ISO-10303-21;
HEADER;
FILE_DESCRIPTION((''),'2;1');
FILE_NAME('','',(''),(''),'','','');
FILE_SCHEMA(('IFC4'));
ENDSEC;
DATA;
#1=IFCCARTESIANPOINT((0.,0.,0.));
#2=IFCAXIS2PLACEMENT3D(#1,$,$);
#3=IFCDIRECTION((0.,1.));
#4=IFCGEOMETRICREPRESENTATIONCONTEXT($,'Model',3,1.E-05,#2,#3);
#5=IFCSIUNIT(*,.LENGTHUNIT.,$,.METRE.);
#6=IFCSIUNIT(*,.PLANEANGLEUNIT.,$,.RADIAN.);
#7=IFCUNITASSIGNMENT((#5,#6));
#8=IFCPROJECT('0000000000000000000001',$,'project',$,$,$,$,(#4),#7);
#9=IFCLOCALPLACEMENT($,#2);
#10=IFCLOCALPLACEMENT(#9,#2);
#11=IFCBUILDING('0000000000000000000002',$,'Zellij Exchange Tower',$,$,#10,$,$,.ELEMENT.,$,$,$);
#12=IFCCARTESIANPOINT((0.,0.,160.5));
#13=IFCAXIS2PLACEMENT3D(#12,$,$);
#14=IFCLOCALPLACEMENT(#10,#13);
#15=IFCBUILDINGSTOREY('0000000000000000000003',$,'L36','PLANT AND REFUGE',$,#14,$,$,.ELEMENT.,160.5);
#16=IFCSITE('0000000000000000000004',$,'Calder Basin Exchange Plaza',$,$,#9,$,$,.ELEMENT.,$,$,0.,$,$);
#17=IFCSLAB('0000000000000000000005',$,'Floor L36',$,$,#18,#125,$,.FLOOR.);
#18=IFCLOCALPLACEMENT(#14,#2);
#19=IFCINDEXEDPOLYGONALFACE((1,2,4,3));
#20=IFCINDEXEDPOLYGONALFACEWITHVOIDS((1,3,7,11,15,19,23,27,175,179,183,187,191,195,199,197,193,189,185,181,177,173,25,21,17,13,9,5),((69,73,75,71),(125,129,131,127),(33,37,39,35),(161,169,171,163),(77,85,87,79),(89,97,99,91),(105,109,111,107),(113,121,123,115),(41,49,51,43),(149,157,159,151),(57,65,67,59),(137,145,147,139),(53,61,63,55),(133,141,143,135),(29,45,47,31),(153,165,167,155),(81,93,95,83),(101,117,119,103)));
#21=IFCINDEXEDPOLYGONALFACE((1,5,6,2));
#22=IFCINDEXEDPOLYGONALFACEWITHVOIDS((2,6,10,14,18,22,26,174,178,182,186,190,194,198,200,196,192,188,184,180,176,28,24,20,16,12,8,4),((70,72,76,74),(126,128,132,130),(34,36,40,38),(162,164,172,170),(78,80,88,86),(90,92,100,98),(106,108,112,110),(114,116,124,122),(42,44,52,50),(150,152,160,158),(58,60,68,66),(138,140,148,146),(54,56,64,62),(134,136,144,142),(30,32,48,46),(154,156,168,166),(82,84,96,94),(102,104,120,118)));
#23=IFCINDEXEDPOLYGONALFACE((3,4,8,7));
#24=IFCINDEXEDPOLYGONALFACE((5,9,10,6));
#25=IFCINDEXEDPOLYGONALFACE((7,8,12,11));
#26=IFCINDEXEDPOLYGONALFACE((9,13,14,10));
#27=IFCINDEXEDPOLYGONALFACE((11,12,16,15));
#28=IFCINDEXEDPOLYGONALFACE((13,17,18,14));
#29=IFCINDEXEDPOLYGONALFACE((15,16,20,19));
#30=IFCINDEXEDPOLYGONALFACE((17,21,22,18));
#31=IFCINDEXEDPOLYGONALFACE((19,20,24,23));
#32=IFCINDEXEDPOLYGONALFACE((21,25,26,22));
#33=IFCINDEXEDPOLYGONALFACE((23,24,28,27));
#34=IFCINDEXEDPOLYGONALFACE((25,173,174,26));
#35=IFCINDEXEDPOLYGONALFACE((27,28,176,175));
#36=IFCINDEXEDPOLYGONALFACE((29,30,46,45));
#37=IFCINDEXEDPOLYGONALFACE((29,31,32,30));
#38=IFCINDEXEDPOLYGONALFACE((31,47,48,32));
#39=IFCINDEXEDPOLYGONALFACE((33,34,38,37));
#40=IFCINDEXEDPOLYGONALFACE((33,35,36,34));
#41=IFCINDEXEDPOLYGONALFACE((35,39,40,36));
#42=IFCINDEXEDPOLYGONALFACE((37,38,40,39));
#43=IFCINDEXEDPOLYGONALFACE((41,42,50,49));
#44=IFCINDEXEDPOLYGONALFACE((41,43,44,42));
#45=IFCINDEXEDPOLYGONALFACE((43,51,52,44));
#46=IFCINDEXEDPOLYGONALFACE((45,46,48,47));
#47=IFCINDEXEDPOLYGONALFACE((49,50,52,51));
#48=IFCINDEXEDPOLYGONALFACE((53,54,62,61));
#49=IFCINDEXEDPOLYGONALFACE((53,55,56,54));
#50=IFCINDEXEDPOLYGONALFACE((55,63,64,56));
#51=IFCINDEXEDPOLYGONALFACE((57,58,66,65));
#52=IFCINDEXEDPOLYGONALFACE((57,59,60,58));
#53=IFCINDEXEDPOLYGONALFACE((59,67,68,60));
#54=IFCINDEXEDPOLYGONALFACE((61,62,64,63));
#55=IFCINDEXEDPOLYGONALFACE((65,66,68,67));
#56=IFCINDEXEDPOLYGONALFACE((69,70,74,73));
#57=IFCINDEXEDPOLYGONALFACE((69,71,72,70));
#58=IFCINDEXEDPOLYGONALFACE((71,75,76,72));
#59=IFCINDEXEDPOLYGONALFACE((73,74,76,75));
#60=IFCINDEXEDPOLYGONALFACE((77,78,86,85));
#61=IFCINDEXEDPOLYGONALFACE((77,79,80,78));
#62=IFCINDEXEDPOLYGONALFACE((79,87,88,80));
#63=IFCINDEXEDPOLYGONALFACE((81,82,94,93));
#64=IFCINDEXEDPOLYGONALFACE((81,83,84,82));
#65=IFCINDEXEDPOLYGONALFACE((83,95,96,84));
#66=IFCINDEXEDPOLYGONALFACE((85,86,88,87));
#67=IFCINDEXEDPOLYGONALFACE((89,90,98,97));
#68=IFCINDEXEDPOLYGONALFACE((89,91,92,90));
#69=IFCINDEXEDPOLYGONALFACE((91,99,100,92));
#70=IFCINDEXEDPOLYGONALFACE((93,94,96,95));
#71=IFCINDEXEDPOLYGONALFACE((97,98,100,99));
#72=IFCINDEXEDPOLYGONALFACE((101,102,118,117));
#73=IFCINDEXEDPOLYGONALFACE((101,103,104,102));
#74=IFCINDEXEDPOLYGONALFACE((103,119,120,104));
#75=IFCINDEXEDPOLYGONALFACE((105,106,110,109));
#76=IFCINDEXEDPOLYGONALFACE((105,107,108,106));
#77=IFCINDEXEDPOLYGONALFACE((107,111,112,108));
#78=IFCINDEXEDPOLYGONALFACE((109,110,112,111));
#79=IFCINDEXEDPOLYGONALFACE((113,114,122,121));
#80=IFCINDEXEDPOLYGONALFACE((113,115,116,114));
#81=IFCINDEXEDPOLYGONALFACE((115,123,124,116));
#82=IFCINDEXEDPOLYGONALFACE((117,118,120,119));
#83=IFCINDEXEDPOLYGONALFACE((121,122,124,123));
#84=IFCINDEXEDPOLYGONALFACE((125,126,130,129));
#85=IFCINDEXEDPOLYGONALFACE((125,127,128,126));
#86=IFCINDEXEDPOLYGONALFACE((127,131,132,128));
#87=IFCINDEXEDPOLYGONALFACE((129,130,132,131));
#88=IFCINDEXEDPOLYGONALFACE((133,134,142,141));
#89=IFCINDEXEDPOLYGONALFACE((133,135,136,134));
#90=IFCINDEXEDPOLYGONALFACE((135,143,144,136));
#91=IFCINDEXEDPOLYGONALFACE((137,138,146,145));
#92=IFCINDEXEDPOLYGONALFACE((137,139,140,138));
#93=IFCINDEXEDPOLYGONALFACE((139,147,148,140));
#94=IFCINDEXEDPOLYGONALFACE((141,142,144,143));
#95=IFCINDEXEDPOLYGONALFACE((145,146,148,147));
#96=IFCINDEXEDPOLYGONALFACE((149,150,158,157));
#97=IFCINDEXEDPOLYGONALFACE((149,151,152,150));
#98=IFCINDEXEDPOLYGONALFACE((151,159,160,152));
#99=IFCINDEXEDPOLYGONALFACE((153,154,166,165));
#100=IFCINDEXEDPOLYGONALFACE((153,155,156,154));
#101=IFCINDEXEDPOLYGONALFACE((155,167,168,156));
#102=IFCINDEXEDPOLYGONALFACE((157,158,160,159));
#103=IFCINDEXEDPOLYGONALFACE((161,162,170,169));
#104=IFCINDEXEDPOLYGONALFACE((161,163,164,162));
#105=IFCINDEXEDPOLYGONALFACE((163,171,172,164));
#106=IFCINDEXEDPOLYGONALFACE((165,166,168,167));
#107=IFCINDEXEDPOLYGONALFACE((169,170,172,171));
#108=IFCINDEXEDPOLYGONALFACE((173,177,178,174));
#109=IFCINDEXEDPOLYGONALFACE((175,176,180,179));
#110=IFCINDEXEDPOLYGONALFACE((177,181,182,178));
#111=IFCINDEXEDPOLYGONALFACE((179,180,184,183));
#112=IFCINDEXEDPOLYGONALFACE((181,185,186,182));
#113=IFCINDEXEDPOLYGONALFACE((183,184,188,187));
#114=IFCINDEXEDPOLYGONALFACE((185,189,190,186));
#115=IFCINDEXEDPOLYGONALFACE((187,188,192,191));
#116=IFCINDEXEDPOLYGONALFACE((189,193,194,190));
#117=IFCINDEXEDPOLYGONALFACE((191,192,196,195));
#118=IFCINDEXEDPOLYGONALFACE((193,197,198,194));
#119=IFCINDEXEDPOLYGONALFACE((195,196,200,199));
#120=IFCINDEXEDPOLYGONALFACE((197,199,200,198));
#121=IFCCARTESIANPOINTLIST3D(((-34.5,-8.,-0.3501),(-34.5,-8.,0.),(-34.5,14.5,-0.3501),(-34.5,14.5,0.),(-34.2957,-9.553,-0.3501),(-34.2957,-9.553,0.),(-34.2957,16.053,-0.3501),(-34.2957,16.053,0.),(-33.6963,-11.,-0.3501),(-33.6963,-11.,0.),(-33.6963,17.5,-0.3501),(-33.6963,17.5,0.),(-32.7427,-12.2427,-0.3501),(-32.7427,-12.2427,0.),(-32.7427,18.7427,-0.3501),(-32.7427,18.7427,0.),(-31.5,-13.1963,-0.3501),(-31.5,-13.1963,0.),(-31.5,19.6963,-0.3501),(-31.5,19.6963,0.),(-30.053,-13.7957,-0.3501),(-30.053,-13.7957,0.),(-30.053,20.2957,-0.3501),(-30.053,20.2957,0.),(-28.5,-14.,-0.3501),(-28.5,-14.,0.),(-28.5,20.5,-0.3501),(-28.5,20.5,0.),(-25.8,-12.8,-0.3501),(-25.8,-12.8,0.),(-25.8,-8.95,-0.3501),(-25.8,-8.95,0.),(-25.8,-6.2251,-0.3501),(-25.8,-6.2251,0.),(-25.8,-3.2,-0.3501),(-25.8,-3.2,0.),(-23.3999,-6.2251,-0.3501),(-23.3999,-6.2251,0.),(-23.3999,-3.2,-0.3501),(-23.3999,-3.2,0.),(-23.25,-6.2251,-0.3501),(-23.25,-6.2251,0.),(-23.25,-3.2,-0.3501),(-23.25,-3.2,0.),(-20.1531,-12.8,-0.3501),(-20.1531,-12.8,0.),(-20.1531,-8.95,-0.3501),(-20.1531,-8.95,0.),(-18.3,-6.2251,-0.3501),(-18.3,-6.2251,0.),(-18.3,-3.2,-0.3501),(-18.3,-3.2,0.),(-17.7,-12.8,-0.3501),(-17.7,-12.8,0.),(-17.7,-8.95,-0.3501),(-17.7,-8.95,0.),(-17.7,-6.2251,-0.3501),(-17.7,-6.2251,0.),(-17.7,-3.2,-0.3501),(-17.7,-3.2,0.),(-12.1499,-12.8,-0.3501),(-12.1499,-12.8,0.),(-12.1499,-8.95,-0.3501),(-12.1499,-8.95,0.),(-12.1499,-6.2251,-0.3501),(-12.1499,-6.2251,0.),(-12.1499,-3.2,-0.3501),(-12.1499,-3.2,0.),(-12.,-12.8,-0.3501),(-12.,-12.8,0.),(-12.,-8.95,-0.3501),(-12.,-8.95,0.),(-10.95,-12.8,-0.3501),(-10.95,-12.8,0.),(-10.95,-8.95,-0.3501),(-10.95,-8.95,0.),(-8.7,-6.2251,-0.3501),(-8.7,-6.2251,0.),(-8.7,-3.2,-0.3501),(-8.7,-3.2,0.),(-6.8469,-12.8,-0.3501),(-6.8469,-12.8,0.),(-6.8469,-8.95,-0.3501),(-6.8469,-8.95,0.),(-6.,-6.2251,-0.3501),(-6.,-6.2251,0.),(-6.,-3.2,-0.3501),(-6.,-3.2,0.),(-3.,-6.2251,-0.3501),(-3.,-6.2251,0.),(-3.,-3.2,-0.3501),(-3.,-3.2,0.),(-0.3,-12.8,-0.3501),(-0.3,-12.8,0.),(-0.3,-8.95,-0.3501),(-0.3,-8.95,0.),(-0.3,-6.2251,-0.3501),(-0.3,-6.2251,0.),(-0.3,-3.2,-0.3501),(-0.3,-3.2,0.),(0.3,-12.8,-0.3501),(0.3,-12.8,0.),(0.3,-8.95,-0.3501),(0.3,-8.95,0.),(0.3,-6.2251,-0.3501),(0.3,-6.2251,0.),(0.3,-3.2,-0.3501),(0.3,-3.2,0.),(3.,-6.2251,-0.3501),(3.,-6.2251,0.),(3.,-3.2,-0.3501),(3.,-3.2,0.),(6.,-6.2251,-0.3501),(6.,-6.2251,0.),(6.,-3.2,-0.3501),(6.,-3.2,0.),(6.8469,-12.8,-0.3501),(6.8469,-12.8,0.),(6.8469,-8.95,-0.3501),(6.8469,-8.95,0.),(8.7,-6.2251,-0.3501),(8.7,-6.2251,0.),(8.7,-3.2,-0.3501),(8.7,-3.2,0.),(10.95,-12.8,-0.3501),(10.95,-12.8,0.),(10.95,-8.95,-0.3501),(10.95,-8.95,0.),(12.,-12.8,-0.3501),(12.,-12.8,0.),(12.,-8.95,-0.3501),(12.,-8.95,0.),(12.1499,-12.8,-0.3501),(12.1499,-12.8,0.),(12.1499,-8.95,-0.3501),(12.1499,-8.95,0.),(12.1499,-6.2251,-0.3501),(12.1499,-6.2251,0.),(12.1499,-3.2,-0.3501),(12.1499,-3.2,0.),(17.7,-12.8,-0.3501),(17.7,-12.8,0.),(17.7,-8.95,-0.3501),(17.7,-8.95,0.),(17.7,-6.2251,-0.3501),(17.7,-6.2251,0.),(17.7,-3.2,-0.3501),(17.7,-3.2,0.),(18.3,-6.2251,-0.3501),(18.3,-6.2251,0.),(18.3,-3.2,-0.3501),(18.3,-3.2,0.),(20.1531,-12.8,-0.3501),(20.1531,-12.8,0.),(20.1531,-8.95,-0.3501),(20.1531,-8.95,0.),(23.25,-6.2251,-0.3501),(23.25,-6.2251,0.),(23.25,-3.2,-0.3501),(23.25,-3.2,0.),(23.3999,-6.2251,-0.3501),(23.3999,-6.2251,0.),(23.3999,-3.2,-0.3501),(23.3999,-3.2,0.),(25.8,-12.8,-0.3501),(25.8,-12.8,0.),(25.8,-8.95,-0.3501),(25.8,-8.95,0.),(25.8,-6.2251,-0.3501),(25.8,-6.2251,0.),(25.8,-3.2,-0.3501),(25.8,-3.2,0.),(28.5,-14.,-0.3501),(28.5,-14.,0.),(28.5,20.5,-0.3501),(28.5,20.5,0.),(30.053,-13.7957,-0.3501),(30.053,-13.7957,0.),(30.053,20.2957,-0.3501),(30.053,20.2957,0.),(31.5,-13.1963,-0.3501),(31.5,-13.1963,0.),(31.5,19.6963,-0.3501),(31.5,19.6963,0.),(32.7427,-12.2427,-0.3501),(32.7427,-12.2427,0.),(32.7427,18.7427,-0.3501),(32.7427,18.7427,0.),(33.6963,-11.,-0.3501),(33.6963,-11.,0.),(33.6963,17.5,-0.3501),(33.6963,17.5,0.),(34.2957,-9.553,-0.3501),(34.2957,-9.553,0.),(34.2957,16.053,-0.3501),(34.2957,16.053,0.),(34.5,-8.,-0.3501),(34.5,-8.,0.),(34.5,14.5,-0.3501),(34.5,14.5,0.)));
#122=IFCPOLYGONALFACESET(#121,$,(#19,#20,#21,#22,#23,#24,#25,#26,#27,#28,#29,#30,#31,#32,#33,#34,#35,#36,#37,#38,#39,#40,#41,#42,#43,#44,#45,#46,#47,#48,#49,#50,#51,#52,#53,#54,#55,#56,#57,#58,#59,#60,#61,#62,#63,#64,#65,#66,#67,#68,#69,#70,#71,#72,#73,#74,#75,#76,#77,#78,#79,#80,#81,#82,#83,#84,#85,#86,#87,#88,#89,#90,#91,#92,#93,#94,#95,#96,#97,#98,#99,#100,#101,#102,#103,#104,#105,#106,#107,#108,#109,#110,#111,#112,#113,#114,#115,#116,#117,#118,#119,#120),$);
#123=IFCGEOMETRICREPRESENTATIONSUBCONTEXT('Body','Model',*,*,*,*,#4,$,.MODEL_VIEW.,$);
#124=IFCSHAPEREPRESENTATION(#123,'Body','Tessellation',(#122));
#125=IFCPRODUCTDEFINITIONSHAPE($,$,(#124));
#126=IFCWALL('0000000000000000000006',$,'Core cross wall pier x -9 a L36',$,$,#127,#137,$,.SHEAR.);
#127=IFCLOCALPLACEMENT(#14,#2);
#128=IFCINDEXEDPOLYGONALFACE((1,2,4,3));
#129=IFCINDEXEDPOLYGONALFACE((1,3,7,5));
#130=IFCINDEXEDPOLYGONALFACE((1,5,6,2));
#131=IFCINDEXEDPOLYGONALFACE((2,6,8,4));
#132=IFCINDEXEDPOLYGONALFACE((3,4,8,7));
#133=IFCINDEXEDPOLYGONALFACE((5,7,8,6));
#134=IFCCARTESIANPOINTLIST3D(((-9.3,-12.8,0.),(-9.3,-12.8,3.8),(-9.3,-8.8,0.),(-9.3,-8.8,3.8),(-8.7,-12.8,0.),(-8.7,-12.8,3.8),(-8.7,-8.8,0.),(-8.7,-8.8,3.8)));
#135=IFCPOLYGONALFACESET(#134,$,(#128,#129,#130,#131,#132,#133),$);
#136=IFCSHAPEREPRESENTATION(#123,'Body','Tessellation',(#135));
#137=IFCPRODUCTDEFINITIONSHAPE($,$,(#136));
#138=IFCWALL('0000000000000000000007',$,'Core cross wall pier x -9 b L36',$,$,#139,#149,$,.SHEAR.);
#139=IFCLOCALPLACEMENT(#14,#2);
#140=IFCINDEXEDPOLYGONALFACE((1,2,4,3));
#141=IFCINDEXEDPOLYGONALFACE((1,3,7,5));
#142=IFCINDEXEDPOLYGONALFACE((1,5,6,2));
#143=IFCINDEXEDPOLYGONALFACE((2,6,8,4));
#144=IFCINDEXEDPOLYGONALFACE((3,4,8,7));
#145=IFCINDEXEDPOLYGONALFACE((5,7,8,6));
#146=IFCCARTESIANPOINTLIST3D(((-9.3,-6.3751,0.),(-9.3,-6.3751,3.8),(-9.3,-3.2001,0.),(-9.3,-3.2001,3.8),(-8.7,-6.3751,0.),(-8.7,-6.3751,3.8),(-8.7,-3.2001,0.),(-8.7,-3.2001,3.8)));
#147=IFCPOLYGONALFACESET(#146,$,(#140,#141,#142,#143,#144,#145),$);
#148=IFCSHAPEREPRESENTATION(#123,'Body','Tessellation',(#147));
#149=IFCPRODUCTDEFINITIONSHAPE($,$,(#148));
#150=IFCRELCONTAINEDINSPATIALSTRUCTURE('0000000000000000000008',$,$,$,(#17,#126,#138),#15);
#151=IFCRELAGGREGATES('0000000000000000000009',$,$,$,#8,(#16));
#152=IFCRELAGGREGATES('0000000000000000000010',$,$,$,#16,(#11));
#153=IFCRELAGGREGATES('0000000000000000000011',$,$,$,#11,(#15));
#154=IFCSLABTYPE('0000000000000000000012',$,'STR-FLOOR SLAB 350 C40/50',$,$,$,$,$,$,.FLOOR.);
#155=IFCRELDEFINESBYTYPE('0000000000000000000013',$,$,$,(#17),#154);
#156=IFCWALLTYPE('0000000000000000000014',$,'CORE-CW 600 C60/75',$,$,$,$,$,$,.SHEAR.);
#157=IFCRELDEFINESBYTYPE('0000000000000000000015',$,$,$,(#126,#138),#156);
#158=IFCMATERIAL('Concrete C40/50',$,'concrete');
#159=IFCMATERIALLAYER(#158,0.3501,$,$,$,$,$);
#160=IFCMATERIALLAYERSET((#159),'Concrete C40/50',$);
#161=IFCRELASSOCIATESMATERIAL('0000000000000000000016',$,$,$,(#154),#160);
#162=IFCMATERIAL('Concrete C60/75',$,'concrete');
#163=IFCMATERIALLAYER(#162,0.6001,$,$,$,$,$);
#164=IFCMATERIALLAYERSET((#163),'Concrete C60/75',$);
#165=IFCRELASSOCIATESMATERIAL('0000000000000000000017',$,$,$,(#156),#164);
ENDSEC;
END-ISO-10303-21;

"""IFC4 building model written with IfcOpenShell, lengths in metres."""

from ifc_helpers import new_model, si_unit, direction, frame, frame_2d, origin, place, context, subcontext, project, spatial, polyline, rectangle, outline, extrude, material, layer, layer_set, type_object, element, save


model = new_model("IFC4")

# Units and contexts
model_context = context("Model", 3, precision=1e-05, world=origin(), true_north=direction((0.0, 1.0)))
body_context = subcontext(model_context, "Body", "Model", "MODEL_VIEW")
ifc_project = project(units=[si_unit("LENGTHUNIT", "METRE"), si_unit("PLANEANGLEUNIT", "RADIAN")], contexts=[model_context])

# Site, building, storey
site_placement = place(None, origin())
site = spatial("IfcSite", under=ifc_project, at=site_placement, Name="Calder Basin Exchange Plaza", CompositionType="ELEMENT", RefElevation=0.0)
building_placement = place(site_placement, origin())
building = spatial("IfcBuilding", under=site, at=building_placement, Name="Zellij Exchange Tower", CompositionType="ELEMENT")
storey_placement = place(building_placement, frame((0.0, 0.0, 160.5)))
storey = spatial("IfcBuildingStorey", under=building, at=storey_placement, Name="L36", Description="PLANT AND REFUGE", CompositionType="ELEMENT", Elevation=160.5)

# Shared definitions
ifc_material_1 = material(Name="Concrete C60/75", Category="concrete")

# Slab
ifc_material_2 = material(Name="Concrete C40/50", Category="concrete")
ifc_layer_1 = layer(ifc_material_2, 0.3501)
ifc_layer_set_1 = layer_set([ifc_layer_1], Name="Concrete C40/50")
slab_type = type_object("IfcSlabType", Name="STR-FLOOR SLAB 350 C40/50", PredefinedType="FLOOR", material=ifc_layer_set_1)
slab_placement = place(storey_placement, frame((0.0, 0.0, -0.3501)))
element("IfcSlab", 1, at=slab_placement, inside=storey, type_object=slab_type, Name="Floor L36", PredefinedType="FLOOR", context=body_context, shape_type="SweptSolid", body=[
    extrude(outline(polyline([(-28.5, -14.0), (-30.053, -13.7957), (-31.5, -13.1963), (-32.7427, -12.2427), (-33.6963, -11.0), (-34.2957, -9.553), (-34.5, -8.0), (-34.5, 14.5), (-34.2957, 16.053), (-33.6963, 17.5), (-32.7427, 18.7427), (-31.5, 19.6963), (-30.053, 20.2957), (-28.5, 20.5), (28.5, 20.5), (30.053, 20.2957), (31.5, 19.6963), (32.7427, 18.7427), (33.6963, 17.5), (34.2957, 16.053), (34.5, 14.5), (34.5, -8.0), (34.2957, -9.553), (33.6963, -11.0), (32.7427, -12.2427), (31.5, -13.1963), (30.053, -13.7957), (28.5, -14.0), (-28.5, -14.0)]), holes=[polyline([(-20.1531, -8.95), (-25.8, -8.95), (-25.8, -12.8), (-20.1531, -12.8), (-20.1531, -8.95)]), polyline([(-12.1499, -8.95), (-17.7, -8.95), (-17.7, -12.8), (-12.1499, -12.8), (-12.1499, -8.95)]), polyline([(-10.95, -8.95), (-12.0, -8.95), (-12.0, -12.8), (-10.95, -12.8), (-10.95, -8.95)]), polyline([(-0.3, -8.95), (-6.8469, -8.95), (-6.8469, -12.8), (-0.3, -12.8), (-0.3, -8.95)]), polyline([(-23.3999, -3.2), (-25.8, -3.2), (-25.8, -6.2251), (-23.3999, -6.2251), (-23.3999, -3.2)]), polyline([(-18.3, -3.2), (-23.25, -3.2), (-23.25, -6.2251), (-18.3, -6.2251), (-18.3, -3.2)]), polyline([(-12.1499, -3.2), (-17.7, -3.2), (-17.7, -6.2251), (-12.1499, -6.2251), (-12.1499, -3.2)]), polyline([(-6.0, -6.2251), (-6.0, -3.2), (-8.7, -3.2), (-8.7, -6.2251), (-6.0, -6.2251)]), polyline([(-0.3, -6.2251), (-0.3, -3.2), (-3.0, -3.2), (-3.0, -6.2251), (-0.3, -6.2251)]), polyline([(6.8469, -8.95), (0.3, -8.95), (0.3, -12.8), (6.8469, -12.8), (6.8469, -8.95)]), polyline([(12.0, -8.95), (10.95, -8.95), (10.95, -12.8), (12.0, -12.8), (12.0, -8.95)]), polyline([(17.7, -8.95), (12.1499, -8.95), (12.1499, -12.8), (17.7, -12.8), (17.7, -8.95)]), polyline([(25.8, -8.95), (20.1531, -8.95), (20.1531, -12.8), (25.8, -12.8), (25.8, -8.95)]), polyline([(3.0, -3.2), (0.3, -3.2), (0.3, -6.2251), (3.0, -6.2251), (3.0, -3.2)]), polyline([(8.7, -3.2), (6.0, -3.2), (6.0, -6.2251), (8.7, -6.2251), (8.7, -3.2)]), polyline([(17.7, -3.2), (12.1499, -3.2), (12.1499, -6.2251), (17.7, -6.2251), (17.7, -3.2)]), polyline([(23.25, -6.2251), (23.25, -3.2), (18.3, -3.2), (18.3, -6.2251), (23.25, -6.2251)]), polyline([(25.8, -6.2251), (25.8, -3.2), (23.3999, -3.2), (23.3999, -6.2251), (25.8, -6.2251)])]), origin(), (0.0, 0.0, 1.0), 0.3501),
])

# Walls
ifc_layer_2 = layer(ifc_material_1, 0.6001)
ifc_layer_set_2 = layer_set([ifc_layer_2], Name="Concrete C60/75")
wall_type_1 = type_object("IfcWallType", Name="CORE-CW 600 C60/75", PredefinedType="SHEAR", material=ifc_layer_set_2)
wall_1_placement = place(storey_placement, frame((-9.0, -12.8, 0.0), z_axis=(0.0, 0.0, 1.0), x_axis=(0.0, 1.0, 0.0)))
element("IfcWall", 2, at=wall_1_placement, inside=storey, type_object=wall_type_1, Name="Core cross wall pier x -9 a L36", PredefinedType="SHEAR", context=body_context, shape_type="SweptSolid", body=[
    extrude(rectangle(XDim=4.0, YDim=0.6001, at=frame_2d((2.0, 0.0))), origin(), (0.0, 0.0, 1.0), 3.8),
])
wall_2_placement = place(storey_placement, frame((-9.0, -6.375, 0.0), z_axis=(0.0, 0.0, 1.0), x_axis=(0.0, 1.0, 0.0)))
element("IfcWall", 3, at=wall_2_placement, inside=storey, type_object=wall_type_1, Name="Core cross wall pier x -9 b L36", PredefinedType="SHEAR", context=body_context, shape_type="SweptSolid", body=[
    extrude(rectangle(XDim=3.175, YDim=0.6001, at=frame_2d((1.5874, 0.0))), origin(), (0.0, 0.0, 1.0), 3.8),
])

save(model, "model.ifc")
